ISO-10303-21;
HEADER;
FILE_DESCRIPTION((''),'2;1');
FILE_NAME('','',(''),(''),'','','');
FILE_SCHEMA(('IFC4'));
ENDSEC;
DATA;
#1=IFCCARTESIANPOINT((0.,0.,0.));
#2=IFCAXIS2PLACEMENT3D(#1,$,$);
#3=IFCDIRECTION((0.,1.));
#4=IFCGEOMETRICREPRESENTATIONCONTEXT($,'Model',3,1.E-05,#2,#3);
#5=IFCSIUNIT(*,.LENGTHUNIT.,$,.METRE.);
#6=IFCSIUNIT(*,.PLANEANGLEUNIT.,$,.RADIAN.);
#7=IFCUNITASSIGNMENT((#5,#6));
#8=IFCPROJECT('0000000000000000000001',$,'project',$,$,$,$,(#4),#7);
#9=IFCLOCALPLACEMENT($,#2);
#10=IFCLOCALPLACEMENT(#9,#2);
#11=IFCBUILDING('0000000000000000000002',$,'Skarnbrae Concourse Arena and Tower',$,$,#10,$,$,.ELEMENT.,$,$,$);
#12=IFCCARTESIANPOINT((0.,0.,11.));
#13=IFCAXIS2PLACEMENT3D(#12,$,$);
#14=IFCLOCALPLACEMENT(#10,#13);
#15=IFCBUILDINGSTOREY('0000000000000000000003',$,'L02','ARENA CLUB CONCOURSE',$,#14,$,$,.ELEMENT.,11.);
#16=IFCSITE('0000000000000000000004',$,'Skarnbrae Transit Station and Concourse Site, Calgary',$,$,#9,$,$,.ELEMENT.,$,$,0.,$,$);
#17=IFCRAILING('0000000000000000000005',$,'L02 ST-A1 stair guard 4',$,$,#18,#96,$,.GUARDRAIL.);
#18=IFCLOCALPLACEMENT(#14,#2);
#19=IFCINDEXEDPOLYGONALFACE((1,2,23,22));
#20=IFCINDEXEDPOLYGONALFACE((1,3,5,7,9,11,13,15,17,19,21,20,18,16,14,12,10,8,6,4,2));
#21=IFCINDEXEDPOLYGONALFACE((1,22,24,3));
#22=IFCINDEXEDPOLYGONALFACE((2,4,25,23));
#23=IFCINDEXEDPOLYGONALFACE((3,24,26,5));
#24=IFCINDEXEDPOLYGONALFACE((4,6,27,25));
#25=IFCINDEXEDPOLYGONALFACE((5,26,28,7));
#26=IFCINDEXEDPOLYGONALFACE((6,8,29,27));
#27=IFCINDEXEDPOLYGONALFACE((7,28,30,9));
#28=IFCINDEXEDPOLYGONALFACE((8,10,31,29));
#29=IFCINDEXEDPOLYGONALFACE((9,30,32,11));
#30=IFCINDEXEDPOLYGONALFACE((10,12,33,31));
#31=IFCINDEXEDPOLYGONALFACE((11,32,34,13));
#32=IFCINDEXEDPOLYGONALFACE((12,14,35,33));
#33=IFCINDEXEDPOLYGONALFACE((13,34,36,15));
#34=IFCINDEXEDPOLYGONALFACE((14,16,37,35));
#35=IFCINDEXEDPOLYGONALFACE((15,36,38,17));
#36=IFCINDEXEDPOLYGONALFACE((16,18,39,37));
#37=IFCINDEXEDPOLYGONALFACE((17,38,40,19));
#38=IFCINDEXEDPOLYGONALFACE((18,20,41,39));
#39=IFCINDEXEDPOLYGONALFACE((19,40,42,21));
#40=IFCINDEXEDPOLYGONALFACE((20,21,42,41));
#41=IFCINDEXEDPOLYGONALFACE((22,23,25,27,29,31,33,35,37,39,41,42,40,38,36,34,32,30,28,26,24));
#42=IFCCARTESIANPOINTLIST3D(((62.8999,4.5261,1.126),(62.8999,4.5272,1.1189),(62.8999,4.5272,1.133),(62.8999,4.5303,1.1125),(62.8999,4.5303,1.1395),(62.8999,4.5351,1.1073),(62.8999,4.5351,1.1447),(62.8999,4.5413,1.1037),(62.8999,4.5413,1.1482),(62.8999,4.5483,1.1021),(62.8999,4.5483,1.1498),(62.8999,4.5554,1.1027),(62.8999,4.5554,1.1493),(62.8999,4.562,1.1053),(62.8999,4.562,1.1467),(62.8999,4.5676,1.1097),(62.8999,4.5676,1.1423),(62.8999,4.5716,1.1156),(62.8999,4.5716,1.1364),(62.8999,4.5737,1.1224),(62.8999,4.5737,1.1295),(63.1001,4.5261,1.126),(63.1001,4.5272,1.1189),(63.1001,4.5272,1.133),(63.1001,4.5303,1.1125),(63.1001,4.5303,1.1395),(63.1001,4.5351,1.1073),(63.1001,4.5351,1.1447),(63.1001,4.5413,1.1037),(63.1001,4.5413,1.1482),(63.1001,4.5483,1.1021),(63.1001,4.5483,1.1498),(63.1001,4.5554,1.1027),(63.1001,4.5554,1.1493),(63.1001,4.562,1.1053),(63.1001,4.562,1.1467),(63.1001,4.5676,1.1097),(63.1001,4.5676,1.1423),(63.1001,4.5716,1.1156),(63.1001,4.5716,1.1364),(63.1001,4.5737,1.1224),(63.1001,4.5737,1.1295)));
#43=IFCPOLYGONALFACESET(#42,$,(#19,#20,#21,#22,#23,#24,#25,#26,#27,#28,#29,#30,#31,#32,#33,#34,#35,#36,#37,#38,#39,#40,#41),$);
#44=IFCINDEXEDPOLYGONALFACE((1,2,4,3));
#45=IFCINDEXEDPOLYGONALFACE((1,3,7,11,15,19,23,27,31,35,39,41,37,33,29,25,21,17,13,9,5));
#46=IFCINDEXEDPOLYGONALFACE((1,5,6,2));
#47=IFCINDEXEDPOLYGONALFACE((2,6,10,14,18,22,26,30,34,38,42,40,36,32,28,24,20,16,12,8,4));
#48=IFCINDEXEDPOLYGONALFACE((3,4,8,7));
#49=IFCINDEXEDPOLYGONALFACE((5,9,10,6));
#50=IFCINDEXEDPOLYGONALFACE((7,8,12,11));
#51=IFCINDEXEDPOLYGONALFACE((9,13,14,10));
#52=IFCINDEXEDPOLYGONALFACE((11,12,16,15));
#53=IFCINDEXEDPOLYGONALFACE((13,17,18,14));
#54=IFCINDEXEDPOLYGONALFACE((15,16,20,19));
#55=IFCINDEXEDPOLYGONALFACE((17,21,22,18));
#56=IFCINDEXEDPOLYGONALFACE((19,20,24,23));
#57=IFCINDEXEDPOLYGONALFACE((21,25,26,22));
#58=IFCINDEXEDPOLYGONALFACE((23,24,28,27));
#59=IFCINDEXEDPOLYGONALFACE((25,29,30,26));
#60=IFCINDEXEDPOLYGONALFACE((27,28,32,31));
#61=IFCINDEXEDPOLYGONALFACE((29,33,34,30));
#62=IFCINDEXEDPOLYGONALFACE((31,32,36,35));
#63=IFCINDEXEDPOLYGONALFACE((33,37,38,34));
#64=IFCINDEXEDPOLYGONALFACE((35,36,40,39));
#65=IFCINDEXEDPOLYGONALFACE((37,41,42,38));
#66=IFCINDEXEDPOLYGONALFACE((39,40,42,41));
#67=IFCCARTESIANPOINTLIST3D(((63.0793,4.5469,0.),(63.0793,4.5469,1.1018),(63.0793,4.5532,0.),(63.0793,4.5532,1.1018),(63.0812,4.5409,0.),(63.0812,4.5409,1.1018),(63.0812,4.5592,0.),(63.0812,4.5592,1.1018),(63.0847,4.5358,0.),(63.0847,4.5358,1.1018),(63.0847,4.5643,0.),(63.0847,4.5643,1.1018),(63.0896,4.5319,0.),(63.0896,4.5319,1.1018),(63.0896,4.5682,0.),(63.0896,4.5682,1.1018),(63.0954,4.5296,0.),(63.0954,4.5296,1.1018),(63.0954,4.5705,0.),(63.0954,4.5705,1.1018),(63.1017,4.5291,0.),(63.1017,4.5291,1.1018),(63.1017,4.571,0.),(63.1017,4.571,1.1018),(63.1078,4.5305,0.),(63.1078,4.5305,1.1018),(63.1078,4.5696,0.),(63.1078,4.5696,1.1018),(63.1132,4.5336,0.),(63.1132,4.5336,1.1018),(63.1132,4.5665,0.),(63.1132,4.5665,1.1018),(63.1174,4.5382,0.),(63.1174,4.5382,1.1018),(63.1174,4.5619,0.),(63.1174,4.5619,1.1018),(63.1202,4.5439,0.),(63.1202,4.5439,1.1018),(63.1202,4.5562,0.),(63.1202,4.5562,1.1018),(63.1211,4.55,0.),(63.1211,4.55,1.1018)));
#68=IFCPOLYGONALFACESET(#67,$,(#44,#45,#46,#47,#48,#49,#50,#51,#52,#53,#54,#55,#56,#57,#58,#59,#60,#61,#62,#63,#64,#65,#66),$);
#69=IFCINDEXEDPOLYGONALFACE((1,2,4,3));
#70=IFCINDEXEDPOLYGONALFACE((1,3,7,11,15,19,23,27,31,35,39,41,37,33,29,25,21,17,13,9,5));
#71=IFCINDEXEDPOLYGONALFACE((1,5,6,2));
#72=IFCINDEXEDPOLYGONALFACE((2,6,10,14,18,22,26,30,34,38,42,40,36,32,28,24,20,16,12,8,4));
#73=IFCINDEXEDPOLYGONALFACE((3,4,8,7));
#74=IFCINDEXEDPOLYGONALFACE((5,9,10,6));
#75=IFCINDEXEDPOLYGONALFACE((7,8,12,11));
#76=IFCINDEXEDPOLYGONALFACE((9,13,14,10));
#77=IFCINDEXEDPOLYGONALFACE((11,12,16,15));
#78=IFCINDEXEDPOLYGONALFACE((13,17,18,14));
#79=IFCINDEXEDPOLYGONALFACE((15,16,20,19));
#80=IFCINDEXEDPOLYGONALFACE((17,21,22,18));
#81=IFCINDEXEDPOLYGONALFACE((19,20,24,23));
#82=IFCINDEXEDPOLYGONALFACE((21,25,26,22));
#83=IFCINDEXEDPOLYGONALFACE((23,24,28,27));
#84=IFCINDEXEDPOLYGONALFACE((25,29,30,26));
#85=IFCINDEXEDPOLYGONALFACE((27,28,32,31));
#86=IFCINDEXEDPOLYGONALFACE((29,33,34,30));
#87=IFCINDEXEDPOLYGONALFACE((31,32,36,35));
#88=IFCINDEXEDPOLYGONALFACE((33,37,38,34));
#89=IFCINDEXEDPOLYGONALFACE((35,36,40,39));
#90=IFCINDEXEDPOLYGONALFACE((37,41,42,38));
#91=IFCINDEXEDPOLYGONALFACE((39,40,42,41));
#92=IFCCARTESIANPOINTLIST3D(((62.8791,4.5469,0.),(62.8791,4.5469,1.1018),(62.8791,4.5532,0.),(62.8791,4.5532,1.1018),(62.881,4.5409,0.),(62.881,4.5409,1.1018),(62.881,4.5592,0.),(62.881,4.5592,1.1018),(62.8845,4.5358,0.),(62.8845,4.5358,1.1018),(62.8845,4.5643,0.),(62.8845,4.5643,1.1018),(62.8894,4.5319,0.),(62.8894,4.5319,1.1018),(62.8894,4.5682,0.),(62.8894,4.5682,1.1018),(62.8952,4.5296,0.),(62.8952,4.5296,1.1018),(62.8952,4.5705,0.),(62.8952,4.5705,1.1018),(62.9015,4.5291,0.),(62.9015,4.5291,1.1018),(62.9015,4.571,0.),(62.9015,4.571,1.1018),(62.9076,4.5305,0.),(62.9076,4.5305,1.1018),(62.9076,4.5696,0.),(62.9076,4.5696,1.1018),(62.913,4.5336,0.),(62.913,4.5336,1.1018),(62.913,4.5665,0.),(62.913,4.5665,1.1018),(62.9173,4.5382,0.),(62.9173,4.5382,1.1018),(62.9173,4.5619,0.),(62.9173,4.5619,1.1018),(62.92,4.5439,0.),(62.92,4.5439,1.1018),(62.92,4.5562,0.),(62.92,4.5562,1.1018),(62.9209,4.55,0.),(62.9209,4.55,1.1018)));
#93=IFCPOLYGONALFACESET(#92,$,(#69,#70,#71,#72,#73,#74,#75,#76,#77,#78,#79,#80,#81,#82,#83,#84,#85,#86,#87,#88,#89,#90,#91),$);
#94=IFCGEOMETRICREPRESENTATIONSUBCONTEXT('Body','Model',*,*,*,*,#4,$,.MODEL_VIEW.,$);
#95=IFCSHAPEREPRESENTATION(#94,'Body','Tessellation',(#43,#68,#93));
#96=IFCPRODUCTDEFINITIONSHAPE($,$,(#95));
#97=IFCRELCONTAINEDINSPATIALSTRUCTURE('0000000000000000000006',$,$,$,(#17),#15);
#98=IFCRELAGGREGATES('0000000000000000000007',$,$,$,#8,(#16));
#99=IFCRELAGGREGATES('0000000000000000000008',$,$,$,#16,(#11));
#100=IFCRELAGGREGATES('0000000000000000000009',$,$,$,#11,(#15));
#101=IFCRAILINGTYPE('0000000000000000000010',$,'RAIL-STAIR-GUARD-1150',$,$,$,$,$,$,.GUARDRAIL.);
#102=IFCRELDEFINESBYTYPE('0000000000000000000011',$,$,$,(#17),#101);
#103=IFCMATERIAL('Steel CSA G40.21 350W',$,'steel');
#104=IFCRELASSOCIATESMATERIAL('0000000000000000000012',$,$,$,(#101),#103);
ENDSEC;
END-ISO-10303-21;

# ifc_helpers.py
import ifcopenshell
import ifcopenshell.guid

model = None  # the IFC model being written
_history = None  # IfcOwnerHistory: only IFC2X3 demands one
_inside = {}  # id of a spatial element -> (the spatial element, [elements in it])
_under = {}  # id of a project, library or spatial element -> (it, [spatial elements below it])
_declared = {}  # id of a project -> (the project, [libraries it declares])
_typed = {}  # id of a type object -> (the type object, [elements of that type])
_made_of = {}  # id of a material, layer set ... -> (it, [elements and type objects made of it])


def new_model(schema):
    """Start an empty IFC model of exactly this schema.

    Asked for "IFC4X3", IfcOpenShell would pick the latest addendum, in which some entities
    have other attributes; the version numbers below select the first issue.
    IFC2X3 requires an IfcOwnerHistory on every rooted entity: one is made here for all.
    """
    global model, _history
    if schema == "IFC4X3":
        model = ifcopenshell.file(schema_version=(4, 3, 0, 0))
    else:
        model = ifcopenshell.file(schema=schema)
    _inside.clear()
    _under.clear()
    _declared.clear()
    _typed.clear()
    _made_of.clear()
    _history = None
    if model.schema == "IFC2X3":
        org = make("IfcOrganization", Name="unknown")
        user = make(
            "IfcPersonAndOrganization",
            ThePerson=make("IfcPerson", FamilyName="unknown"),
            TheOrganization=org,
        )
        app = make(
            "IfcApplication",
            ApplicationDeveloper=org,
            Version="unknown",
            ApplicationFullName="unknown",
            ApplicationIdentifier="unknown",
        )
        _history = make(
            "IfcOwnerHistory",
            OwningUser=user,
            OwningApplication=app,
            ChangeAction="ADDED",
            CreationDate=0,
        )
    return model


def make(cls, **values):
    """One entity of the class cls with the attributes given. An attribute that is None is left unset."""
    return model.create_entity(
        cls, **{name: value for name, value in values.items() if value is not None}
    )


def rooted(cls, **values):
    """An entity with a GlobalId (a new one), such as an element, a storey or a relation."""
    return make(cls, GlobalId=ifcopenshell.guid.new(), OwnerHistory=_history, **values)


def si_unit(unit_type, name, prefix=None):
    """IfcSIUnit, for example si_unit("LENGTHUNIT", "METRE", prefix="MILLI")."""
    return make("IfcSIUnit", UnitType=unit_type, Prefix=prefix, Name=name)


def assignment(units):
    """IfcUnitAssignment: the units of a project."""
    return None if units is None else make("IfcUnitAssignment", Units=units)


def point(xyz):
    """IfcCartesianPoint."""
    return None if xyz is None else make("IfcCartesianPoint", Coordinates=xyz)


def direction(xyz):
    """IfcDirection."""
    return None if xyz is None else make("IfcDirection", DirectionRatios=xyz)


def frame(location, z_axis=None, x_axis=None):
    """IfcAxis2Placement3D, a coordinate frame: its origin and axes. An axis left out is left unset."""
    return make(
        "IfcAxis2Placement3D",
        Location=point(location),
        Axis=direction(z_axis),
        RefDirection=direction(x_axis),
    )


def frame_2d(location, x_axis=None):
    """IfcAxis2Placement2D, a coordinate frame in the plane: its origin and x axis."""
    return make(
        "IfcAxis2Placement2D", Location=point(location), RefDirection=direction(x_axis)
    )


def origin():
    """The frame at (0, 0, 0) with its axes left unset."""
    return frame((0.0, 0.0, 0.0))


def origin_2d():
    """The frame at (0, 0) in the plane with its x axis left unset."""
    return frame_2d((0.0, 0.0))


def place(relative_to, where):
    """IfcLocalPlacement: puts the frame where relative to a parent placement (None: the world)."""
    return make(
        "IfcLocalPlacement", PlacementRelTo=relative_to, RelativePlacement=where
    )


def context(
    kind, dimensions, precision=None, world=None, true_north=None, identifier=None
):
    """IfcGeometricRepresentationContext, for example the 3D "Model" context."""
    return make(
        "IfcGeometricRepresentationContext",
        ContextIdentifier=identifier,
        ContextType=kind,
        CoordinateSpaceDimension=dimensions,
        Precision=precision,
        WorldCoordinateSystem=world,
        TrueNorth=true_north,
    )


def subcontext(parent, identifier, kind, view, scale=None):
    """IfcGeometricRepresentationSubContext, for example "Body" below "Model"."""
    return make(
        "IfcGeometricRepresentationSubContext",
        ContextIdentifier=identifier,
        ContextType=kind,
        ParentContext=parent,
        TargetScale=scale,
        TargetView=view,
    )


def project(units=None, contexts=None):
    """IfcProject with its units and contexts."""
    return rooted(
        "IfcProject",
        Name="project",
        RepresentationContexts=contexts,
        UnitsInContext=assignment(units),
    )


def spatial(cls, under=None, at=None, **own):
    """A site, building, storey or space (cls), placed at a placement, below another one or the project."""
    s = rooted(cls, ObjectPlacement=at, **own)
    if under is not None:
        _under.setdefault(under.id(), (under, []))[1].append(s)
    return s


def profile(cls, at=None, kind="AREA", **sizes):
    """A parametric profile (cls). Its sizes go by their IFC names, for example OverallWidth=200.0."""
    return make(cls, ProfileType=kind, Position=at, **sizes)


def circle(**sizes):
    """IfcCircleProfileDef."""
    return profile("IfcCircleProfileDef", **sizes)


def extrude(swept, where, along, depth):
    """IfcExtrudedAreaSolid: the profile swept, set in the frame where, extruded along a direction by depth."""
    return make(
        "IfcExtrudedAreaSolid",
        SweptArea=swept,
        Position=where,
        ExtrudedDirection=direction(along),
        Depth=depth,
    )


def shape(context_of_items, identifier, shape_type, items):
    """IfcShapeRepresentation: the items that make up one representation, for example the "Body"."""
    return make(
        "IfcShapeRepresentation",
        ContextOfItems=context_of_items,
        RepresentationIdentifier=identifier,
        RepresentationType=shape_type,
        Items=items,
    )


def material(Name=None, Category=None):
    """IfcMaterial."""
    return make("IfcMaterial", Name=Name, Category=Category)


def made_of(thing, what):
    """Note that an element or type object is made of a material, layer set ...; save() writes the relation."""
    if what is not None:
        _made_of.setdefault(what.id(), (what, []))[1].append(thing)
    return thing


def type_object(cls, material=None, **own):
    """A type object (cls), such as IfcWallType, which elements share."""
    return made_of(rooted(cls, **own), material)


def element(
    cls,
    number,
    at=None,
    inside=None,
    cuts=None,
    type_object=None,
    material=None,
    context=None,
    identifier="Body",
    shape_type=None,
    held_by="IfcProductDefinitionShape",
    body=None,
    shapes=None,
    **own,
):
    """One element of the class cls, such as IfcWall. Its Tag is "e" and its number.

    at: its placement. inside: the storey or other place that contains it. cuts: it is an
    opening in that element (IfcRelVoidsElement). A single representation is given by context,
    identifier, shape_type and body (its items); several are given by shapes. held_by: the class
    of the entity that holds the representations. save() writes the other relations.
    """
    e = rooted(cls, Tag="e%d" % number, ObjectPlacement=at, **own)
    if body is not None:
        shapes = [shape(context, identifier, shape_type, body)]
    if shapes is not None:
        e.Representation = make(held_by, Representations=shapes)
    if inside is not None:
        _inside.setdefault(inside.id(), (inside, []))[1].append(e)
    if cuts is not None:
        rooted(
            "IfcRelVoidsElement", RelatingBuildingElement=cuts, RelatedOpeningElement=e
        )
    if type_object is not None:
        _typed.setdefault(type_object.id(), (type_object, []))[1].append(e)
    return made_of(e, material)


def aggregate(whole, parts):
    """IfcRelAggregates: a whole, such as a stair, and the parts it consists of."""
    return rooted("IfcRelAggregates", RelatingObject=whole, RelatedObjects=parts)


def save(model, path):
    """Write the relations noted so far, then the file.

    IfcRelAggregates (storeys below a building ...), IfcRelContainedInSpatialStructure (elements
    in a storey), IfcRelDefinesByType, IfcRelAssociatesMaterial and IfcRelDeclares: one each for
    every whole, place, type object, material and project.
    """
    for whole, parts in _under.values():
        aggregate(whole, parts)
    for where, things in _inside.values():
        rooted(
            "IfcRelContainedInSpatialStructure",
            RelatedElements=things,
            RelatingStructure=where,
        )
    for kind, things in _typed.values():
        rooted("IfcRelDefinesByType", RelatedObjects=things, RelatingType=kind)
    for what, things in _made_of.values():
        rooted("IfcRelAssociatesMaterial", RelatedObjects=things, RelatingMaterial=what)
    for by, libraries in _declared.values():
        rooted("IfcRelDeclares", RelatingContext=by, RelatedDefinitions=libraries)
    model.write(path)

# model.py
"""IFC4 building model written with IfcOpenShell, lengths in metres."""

from ifc_helpers import new_model, si_unit, direction, frame, origin, origin_2d, place, context, subcontext, project, spatial, circle, extrude, material, type_object, element, save


model = new_model("IFC4")

# Units and contexts
model_context = context("Model", 3, precision=1e-05, world=origin(), true_north=direction((0.0, 1.0)))
body_context = subcontext(model_context, "Body", "Model", "MODEL_VIEW")
ifc_project = project(units=[si_unit("LENGTHUNIT", "METRE"), si_unit("PLANEANGLEUNIT", "RADIAN")], contexts=[model_context])

# Site, building, storey
site_placement = place(None, origin())
site = spatial("IfcSite", under=ifc_project, at=site_placement, Name="Skarnbrae Transit Station and Concourse Site, Calgary", CompositionType="ELEMENT", RefElevation=0.0)
building_placement = place(site_placement, origin())
building = spatial("IfcBuilding", under=site, at=building_placement, Name="Skarnbrae Concourse Arena and Tower", CompositionType="ELEMENT")
storey_placement = place(building_placement, frame((0.0, 0.0, 11.0)))
storey = spatial("IfcBuildingStorey", under=building, at=storey_placement, Name="L02", Description="ARENA CLUB CONCOURSE", CompositionType="ELEMENT", Elevation=11.0)

# Shared definitions
ifc_material_1 = material(Name="Steel CSA G40.21 350W", Category="steel")

# Railing
railing_type_1 = type_object("IfcRailingType", Name="RAIL-STAIR-GUARD-1150", PredefinedType="GUARDRAIL", material=ifc_material_1)
railing_1_placement = place(storey_placement, frame((63.1001, 4.55, 0.0)))
element("IfcRailing", 1, at=railing_1_placement, inside=storey, type_object=railing_type_1, Name="L02 ST-A1 stair guard 4", PredefinedType="GUARDRAIL", context=body_context, shape_type="SweptSolid", body=[
    extrude(circle(Radius=0.0239, at=origin_2d()), frame((0.0, 0.0, 1.126), z_axis=(-1.0, 0.0, 0.0), x_axis=(0.0, -1.0, 0.0)), (0.0, 0.0, 1.0), 0.2002),
    extrude(circle(Radius=0.021, at=origin_2d()), origin(), (0.0, 0.0, 1.0), 1.1018),
    extrude(circle(Radius=0.021, at=origin_2d()), frame((-0.2002, 0.0, 0.0)), (0.0, 0.0, 1.0), 1.1018),
])

save(model, "model.ifc")
